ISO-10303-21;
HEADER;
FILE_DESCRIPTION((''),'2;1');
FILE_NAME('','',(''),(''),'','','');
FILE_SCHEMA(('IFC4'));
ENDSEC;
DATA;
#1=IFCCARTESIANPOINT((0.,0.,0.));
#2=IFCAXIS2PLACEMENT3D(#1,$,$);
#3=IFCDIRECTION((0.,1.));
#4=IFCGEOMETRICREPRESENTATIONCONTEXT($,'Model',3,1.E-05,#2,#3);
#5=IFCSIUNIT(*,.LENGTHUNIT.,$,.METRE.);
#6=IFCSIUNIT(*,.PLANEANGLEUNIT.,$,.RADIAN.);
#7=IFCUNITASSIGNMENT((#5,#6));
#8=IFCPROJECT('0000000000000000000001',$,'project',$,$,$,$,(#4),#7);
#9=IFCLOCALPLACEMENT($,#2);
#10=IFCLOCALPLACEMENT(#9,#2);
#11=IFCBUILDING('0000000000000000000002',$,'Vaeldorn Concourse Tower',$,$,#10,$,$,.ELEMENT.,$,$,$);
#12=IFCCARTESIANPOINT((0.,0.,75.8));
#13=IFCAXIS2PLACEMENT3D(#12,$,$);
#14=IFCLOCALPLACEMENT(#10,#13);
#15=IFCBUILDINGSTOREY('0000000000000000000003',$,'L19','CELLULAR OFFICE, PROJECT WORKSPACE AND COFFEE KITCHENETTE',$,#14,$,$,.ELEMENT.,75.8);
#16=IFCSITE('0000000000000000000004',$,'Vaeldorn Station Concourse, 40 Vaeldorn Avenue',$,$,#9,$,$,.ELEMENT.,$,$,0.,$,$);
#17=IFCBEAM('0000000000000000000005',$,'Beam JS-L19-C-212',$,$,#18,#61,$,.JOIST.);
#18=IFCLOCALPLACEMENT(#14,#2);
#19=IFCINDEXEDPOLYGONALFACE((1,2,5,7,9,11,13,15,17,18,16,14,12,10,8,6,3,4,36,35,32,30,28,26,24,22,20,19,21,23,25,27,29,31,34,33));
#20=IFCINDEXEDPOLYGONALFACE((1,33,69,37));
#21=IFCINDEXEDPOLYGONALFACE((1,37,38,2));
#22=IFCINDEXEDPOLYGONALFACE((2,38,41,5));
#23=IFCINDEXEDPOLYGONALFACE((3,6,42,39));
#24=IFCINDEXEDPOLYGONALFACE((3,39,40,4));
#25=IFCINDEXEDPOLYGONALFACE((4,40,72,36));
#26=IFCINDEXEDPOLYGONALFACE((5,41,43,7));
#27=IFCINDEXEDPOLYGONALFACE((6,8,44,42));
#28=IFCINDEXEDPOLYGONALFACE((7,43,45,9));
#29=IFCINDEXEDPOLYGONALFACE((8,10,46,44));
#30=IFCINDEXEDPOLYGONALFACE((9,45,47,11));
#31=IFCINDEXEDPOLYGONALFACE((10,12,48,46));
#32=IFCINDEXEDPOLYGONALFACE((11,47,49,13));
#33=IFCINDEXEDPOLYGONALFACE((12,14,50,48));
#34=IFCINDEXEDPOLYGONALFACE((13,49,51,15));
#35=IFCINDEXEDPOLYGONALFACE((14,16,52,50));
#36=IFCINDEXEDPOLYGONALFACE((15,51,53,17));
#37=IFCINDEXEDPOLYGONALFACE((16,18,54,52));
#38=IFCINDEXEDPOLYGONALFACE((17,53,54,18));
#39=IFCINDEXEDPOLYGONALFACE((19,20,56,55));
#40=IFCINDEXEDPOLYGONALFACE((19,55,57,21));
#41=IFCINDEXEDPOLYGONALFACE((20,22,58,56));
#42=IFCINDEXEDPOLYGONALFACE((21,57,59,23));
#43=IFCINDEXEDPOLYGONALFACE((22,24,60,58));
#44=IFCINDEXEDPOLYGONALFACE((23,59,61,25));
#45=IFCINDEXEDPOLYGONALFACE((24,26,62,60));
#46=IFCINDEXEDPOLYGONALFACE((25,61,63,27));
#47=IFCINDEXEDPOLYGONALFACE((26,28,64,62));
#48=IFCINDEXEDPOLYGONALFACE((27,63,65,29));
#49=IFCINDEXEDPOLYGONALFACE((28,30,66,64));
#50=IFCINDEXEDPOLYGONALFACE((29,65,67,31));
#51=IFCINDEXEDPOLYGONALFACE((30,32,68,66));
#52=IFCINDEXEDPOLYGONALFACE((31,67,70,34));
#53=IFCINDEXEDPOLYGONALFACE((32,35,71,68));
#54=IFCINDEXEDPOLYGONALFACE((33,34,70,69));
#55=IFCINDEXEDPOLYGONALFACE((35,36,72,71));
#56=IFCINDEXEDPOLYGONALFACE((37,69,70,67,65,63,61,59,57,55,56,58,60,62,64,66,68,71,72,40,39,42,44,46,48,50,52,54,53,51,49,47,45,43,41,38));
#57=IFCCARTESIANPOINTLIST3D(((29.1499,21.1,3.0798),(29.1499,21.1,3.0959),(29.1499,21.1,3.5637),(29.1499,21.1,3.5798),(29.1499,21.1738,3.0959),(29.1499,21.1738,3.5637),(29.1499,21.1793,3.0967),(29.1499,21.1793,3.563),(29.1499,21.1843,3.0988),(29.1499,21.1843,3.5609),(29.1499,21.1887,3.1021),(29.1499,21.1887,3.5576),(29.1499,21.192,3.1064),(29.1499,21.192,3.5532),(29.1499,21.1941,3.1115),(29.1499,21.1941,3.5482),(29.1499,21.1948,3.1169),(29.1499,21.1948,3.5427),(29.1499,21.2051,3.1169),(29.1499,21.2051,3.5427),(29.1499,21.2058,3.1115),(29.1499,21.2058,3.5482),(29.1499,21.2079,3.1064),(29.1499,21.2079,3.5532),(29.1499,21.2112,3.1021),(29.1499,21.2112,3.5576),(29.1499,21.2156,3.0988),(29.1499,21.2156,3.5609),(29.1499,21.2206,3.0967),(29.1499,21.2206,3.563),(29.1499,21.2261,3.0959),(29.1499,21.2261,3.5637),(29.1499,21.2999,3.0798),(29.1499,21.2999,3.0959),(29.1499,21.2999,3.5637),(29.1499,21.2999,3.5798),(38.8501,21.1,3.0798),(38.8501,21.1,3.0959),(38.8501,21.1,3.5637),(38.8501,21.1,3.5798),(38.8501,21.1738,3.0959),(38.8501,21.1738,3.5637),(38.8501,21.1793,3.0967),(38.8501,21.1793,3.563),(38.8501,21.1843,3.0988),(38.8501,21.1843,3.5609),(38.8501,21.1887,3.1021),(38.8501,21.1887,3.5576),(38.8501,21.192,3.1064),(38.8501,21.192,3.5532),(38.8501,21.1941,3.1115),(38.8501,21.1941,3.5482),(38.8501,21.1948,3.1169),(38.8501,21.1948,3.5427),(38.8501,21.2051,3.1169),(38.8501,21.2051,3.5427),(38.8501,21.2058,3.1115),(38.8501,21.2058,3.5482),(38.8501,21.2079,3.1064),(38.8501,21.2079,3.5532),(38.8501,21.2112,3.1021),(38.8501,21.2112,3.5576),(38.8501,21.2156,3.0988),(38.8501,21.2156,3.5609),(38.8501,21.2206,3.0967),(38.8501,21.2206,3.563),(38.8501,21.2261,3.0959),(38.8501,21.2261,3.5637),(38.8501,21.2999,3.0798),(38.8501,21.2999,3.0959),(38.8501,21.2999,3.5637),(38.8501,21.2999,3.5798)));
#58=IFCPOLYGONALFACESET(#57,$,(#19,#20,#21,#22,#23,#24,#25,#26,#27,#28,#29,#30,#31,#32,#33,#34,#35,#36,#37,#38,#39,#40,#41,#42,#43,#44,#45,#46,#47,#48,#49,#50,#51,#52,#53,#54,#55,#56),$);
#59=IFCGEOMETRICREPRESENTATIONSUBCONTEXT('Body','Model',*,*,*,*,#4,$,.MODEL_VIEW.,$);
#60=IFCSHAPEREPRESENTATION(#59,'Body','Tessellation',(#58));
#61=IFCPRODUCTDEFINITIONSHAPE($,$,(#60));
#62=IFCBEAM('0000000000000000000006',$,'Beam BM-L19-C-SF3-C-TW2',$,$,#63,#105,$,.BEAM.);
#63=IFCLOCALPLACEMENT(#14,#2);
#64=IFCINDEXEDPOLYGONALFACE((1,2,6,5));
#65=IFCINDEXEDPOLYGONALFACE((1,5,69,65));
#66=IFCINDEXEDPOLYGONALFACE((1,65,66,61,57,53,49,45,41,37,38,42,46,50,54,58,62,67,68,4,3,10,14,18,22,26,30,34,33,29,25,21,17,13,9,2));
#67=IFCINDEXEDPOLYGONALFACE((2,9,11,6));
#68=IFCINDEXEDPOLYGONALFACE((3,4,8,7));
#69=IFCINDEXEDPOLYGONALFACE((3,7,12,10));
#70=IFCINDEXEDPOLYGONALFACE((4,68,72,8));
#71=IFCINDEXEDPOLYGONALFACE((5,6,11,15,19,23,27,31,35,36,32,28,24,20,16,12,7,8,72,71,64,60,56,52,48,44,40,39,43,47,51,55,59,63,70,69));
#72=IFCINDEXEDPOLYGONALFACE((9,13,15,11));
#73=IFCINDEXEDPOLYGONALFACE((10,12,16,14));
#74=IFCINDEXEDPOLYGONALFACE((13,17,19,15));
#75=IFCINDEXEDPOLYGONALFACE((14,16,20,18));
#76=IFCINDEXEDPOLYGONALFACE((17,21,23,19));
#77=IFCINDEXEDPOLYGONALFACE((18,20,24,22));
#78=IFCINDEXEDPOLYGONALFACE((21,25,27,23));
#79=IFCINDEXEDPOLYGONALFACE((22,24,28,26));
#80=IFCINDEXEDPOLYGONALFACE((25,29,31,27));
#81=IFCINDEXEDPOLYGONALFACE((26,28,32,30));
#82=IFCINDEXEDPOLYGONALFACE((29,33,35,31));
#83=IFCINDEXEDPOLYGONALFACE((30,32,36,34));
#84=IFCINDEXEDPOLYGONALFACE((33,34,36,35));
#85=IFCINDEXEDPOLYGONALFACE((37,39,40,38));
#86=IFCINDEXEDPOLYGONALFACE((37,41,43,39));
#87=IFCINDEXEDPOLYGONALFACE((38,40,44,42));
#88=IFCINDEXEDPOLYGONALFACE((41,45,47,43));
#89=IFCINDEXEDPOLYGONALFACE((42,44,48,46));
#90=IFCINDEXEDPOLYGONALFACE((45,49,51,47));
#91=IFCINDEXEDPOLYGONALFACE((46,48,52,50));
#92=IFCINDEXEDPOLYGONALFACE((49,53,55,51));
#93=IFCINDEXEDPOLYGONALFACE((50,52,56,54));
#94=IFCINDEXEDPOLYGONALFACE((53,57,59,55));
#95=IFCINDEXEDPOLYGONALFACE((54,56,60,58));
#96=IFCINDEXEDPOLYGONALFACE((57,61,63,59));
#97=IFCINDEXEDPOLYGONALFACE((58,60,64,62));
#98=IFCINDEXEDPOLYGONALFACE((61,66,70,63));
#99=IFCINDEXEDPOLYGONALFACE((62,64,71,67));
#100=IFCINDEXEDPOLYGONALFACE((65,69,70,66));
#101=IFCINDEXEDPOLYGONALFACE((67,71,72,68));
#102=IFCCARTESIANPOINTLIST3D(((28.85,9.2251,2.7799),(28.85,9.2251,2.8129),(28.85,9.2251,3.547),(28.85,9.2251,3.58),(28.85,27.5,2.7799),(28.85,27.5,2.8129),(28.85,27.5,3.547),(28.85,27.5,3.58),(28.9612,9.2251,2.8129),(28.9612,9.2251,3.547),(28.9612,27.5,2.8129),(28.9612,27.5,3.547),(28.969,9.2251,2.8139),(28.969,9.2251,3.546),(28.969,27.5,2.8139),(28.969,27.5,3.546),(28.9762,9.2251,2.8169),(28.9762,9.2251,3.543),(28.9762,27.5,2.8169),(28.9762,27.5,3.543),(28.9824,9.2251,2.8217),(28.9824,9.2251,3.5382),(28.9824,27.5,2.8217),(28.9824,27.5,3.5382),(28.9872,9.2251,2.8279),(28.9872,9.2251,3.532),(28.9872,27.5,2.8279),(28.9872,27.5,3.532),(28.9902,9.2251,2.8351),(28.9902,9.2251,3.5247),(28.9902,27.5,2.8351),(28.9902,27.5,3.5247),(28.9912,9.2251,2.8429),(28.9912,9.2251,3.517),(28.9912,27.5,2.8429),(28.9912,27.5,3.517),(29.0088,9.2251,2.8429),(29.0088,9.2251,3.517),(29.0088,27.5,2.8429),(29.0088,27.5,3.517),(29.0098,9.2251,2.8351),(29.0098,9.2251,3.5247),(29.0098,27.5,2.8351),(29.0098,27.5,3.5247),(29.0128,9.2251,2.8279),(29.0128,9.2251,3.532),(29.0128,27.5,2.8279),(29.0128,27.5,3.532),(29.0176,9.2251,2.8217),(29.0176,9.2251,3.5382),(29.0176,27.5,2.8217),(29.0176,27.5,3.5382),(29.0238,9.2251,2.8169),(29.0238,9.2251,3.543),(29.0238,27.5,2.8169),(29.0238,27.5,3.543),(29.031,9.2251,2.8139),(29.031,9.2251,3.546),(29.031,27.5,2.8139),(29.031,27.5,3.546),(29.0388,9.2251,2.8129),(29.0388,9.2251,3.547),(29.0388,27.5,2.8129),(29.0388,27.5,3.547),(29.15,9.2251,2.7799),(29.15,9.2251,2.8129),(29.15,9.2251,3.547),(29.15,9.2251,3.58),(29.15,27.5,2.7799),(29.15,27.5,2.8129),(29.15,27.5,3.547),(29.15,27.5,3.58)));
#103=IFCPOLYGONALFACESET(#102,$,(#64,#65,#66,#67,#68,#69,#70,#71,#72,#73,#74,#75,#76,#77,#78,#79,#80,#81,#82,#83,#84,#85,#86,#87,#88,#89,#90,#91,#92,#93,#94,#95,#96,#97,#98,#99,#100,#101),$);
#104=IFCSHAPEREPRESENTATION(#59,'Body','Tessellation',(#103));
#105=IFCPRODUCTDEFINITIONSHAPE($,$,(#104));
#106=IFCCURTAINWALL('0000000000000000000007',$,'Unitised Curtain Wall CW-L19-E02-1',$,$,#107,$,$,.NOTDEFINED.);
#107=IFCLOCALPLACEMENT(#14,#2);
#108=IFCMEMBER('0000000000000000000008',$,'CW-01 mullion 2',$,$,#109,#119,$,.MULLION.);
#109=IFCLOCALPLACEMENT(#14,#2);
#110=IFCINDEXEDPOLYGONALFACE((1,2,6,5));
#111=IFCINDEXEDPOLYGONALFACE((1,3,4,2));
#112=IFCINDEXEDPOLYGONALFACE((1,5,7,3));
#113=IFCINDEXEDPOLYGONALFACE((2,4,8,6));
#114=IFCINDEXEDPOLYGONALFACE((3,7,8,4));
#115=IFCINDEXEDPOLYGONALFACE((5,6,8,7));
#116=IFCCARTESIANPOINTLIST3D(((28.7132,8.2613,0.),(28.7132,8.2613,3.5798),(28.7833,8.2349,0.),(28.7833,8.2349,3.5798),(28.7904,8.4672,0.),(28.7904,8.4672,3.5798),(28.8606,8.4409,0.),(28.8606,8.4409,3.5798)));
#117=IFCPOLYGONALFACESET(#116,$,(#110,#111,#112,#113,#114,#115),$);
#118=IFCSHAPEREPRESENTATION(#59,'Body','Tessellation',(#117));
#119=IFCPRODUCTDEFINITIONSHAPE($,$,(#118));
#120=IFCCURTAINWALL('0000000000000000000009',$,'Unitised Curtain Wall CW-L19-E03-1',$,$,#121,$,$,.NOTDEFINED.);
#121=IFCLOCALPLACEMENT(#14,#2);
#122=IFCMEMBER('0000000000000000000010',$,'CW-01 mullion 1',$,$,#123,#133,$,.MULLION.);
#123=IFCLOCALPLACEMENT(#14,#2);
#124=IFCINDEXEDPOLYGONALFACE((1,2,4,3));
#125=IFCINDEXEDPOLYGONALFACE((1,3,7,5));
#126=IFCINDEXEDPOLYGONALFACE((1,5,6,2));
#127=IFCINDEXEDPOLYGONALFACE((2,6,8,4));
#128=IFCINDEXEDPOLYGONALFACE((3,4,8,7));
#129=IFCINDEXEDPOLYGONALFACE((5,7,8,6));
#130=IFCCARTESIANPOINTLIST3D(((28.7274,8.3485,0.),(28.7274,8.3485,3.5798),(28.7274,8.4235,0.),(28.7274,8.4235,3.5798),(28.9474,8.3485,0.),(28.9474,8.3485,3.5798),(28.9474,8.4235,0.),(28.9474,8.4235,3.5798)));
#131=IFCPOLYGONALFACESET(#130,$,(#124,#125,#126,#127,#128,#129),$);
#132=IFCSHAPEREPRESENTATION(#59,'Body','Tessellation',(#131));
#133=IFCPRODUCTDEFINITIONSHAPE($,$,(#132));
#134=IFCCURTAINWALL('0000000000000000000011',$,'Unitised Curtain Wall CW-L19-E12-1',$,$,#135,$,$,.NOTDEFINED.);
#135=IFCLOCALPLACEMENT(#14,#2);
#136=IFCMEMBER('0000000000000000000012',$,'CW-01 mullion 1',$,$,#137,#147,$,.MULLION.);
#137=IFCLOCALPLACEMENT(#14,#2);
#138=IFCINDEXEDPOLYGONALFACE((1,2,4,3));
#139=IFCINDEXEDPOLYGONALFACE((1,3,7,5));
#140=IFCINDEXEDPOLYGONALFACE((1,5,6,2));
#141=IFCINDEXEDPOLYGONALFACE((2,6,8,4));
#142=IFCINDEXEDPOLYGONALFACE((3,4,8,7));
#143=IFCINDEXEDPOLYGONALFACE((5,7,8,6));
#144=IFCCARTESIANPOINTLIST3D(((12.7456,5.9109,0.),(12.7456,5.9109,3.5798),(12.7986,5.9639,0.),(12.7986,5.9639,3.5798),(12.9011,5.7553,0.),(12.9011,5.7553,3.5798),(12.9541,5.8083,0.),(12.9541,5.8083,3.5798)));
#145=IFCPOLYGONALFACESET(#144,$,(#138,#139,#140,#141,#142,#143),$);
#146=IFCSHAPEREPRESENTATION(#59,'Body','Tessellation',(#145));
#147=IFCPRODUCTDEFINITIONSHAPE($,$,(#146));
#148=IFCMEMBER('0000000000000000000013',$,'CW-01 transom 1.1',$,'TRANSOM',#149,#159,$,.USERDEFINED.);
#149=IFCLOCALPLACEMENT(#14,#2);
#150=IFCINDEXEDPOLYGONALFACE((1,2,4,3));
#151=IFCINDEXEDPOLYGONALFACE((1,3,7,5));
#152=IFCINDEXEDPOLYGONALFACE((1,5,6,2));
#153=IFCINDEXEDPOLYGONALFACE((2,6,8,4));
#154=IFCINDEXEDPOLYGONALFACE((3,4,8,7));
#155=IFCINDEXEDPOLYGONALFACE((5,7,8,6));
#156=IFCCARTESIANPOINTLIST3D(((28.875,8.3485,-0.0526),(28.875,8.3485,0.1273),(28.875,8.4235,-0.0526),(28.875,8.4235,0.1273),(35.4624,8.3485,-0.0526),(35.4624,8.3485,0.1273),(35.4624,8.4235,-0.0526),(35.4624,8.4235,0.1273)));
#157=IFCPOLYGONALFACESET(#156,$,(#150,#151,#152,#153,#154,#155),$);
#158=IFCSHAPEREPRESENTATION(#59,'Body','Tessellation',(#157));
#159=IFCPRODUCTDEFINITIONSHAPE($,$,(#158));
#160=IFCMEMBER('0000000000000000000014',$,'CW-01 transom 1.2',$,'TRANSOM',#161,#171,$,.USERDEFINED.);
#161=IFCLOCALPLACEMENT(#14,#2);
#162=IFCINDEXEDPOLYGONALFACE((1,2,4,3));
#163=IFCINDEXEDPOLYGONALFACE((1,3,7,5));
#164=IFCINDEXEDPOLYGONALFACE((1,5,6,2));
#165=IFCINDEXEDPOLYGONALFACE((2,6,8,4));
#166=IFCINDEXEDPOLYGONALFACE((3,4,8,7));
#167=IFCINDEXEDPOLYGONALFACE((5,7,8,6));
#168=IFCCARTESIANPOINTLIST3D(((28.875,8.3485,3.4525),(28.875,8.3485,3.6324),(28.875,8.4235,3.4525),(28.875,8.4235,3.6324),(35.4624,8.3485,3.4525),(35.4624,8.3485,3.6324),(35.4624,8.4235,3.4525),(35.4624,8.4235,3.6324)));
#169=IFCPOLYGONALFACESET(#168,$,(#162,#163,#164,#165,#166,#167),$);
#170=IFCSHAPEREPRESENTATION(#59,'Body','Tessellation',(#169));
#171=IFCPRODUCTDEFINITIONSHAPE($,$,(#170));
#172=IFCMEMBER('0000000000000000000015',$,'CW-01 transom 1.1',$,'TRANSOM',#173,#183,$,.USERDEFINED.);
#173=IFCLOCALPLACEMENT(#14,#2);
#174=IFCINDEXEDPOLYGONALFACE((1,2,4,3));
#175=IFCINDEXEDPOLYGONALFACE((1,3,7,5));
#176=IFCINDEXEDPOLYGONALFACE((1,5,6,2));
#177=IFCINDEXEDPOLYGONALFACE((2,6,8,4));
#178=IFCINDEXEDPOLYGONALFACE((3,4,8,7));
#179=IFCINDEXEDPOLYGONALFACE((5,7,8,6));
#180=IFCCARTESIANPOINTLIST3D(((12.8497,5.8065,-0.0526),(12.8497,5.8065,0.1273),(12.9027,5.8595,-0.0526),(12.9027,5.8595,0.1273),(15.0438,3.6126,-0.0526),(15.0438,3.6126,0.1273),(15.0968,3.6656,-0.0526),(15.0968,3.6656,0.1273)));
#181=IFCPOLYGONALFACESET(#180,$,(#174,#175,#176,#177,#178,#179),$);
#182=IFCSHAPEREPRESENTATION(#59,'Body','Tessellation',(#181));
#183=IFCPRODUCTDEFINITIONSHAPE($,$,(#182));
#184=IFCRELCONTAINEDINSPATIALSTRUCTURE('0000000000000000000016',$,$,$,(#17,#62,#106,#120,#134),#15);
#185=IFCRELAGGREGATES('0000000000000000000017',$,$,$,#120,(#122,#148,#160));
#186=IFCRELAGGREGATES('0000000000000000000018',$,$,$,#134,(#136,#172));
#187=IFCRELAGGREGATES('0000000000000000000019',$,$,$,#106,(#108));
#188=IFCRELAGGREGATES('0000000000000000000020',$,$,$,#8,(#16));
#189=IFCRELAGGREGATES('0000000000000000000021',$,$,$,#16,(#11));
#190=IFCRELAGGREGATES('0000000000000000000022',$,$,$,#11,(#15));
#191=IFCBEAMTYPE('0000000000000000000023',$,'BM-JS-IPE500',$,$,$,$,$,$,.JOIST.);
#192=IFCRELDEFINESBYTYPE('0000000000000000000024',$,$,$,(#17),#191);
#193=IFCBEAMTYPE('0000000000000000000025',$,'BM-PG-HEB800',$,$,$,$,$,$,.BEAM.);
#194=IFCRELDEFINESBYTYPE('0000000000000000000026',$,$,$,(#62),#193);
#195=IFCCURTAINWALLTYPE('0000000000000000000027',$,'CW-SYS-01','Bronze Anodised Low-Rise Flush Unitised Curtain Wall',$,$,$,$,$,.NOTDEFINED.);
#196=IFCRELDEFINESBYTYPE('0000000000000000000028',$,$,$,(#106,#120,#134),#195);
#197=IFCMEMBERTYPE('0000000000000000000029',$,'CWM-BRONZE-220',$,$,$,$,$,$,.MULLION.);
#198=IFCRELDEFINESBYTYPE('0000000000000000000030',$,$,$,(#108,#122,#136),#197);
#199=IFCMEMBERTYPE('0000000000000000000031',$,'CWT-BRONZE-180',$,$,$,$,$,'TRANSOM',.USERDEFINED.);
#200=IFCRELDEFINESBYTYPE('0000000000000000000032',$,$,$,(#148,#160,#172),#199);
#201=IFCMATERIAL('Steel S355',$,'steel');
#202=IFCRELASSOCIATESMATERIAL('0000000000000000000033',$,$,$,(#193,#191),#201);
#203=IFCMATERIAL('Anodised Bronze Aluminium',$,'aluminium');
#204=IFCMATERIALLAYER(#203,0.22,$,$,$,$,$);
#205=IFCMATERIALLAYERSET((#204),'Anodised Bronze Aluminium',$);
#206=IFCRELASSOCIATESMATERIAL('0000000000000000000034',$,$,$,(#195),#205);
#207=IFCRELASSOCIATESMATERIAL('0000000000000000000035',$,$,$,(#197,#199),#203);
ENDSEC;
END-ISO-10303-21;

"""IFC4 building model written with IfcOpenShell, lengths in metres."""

from ifc_helpers import new_model, si_unit, direction, frame, origin, origin_2d, place, context, subcontext, project, spatial, rectangle, i_section, extrude, source, transform, mapped, material, layer, layer_set, material_profile, profile_set, type_object, element, aggregate, save


model = new_model("IFC4")

# Units and contexts
model_context = context("Model", 3, precision=1e-05, world=origin(), true_north=direction((0.0, 1.0)))
body_context = subcontext(model_context, "Body", "Model", "MODEL_VIEW")
ifc_project = project(units=[si_unit("LENGTHUNIT", "METRE"), si_unit("PLANEANGLEUNIT", "RADIAN")], contexts=[model_context])

# Site, building, storey
site_placement = place(None, origin())
site = spatial("IfcSite", under=ifc_project, at=site_placement, Name="Vaeldorn Station Concourse, 40 Vaeldorn Avenue", CompositionType="ELEMENT", RefElevation=0.0)
building_placement = place(site_placement, origin())
building = spatial("IfcBuilding", under=site, at=building_placement, Name="Vaeldorn Concourse Tower", CompositionType="ELEMENT")
storey_placement = place(building_placement, frame((0.0, 0.0, 75.8)))
storey = spatial("IfcBuildingStorey", under=building, at=storey_placement, Name="L19", Description="CELLULAR OFFICE, PROJECT WORKSPACE AND COFFEE KITCHENETTE", CompositionType="ELEMENT", Elevation=75.8)

# Beams
ifc_material_1 = material(Name="Steel S355", Category="steel")
ifc_material_profile_1 = material_profile(ifc_material_1, i_section(OverallWidth=0.3, OverallDepth=0.8, WebThickness=0.0176, FlangeThickness=0.033, FilletRadius=0.03, at=origin_2d()), Name="HEB 800")
ifc_profile_set_1 = profile_set([ifc_material_profile_1], Name="Steel S355")
beam_type_1 = type_object("IfcBeamType", Name="BM-PG-HEB800", PredefinedType="BEAM", material=ifc_profile_set_1)
ifc_material_profile_2 = material_profile(ifc_material_1, i_section(OverallWidth=0.2, OverallDepth=0.5, WebThickness=0.0103, FlangeThickness=0.0161, FilletRadius=0.021, at=origin_2d()), Name="IPE 500")
ifc_profile_set_2 = profile_set([ifc_material_profile_2], Name="Steel S355")
beam_type_2 = type_object("IfcBeamType", Name="BM-JS-IPE500", PredefinedType="JOIST", material=ifc_profile_set_2)
shared_shape_1 = source(origin(), body_context, "Body", "SweptSolid", [
    extrude(i_section(OverallWidth=0.2, OverallDepth=0.5, WebThickness=0.0103, FlangeThickness=0.0161, FilletRadius=0.021, at=origin_2d()), origin(), (0.0, 0.0, 1.0), 9.7002),
])
beam_1_placement = place(storey_placement, frame((29.1499, 21.2, 3.3298), z_axis=(1.0, 0.0, 0.0), x_axis=(0.0, 1.0, 0.0)))
element("IfcBeam", 1, at=beam_1_placement, inside=storey, type_object=beam_type_2, Name="Beam JS-L19-C-212", PredefinedType="JOIST", context=body_context, shape_type="MappedRepresentation", body=[
    mapped(shared_shape_1, transform((0.0, 0.0, 0.0), scale=1.0)),
])
shared_shape_2 = source(origin(), body_context, "Body", "SweptSolid", [
    extrude(i_section(OverallWidth=0.3, OverallDepth=0.8, WebThickness=0.0176, FlangeThickness=0.033, FilletRadius=0.03, at=origin_2d()), origin(), (0.0, 0.0, 1.0), 18.2749),
])
beam_2_placement = place(storey_placement, frame((29.0, 9.2251, 3.1799), z_axis=(0.0, 1.0, 0.0), x_axis=(-1.0, 0.0, 0.0)))
element("IfcBeam", 2, at=beam_2_placement, inside=storey, type_object=beam_type_1, Name="Beam BM-L19-C-SF3-C-TW2", PredefinedType="BEAM", context=body_context, shape_type="MappedRepresentation", body=[
    mapped(shared_shape_2, transform((0.0, 0.0, 0.0), scale=1.0)),
])

# Curtain walls, members
ifc_material_2 = material(Name="Anodised Bronze Aluminium", Category="aluminium")
ifc_layer_1 = layer(ifc_material_2, 0.22)
ifc_layer_set_1 = layer_set([ifc_layer_1], Name="Anodised Bronze Aluminium")
curtain_wall_type = type_object("IfcCurtainWallType", Name="CW-SYS-01", Description="Bronze Anodised Low-Rise Flush Unitised Curtain Wall", PredefinedType="NOTDEFINED", material=ifc_layer_set_1)
curtain_wall_1_placement = place(storey_placement, origin())
curtain_wall_1 = element("IfcCurtainWall", 3, at=curtain_wall_1_placement, inside=storey, type_object=curtain_wall_type, Name="Unitised Curtain Wall CW-L19-E02-1", PredefinedType="NOTDEFINED")
ifc_material_profile_3 = material_profile(ifc_material_2, rectangle(XDim=0.075, YDim=0.22, at=origin_2d()), Name="CWM 75x220")
ifc_profile_set_3 = profile_set([ifc_material_profile_3], Name="Anodised Bronze Aluminium")
member_type_1 = type_object("IfcMemberType", Name="CWM-BRONZE-220", PredefinedType="MULLION", material=ifc_profile_set_3)
shared_shape_3 = source(origin(), body_context, "Body", "SweptSolid", [
    extrude(rectangle(XDim=0.075, YDim=0.22, at=origin_2d()), origin(), (0.0, 0.0, 1.0), 3.5798),
])
member_1_placement = place(storey_placement, frame((28.7869, 8.3511, 0.0), z_axis=(0.0, 0.0, 1.0), x_axis=(-0.936329, 0.351123, 0.0)))
member_1 = element("IfcMember", 4, at=member_1_placement, type_object=member_type_1, Name="CW-01 mullion 2", PredefinedType="MULLION", context=body_context, shape_type="MappedRepresentation", body=[
    mapped(shared_shape_3, transform((0.0, 0.0, 0.0), scale=1.0)),
])
curtain_wall_2_placement = place(storey_placement, origin())
curtain_wall_2 = element("IfcCurtainWall", 5, at=curtain_wall_2_placement, inside=storey, type_object=curtain_wall_type, Name="Unitised Curtain Wall CW-L19-E03-1", PredefinedType="NOTDEFINED")
member_2_placement = place(storey_placement, frame((28.8374, 8.386, 0.0), z_axis=(0.0, 0.0, 1.0), x_axis=(0.0, 1.0, 0.0)))
member_2 = element("IfcMember", 6, at=member_2_placement, type_object=member_type_1, Name="CW-01 mullion 1", PredefinedType="MULLION", context=body_context, shape_type="MappedRepresentation", body=[
    mapped(shared_shape_3, transform((0.0, 0.0, 0.0), scale=1.0)),
])
curtain_wall_3_placement = place(storey_placement, origin())
curtain_wall_3 = element("IfcCurtainWall", 7, at=curtain_wall_3_placement, inside=storey, type_object=curtain_wall_type, Name="Unitised Curtain Wall CW-L19-E12-1", PredefinedType="NOTDEFINED")
member_3_placement = place(storey_placement, frame((12.8499, 5.8596, 0.0), z_axis=(0.0, 0.0, 1.0), x_axis=(0.707107, 0.707107, 0.0)))
member_3 = element("IfcMember", 8, at=member_3_placement, type_object=member_type_1, Name="CW-01 mullion 1", PredefinedType="MULLION", context=body_context, shape_type="MappedRepresentation", body=[
    mapped(shared_shape_3, transform((0.0, 0.0, 0.0), scale=1.0)),
])

# Members
ifc_material_profile_4 = material_profile(ifc_material_2, rectangle(XDim=0.075, YDim=0.1799, at=origin_2d()), Name="CWT 75x180")
ifc_profile_set_4 = profile_set([ifc_material_profile_4], Name="Anodised Bronze Aluminium")
member_type_2 = type_object("IfcMemberType", Name="CWT-BRONZE-180", ElementType="TRANSOM", PredefinedType="USERDEFINED", material=ifc_profile_set_4)
shared_shape_4 = source(origin(), body_context, "Body", "SweptSolid", [
    extrude(rectangle(XDim=0.075, YDim=0.1799, at=origin_2d()), origin(), (0.0, 0.0, 1.0), 6.5874),
])
member_4_placement = place(storey_placement, frame((28.875, 8.386, 0.0374), z_axis=(1.0, 0.0, 0.0), x_axis=(0.0, 1.0, 0.0)))
member_4 = element("IfcMember", 9, at=member_4_placement, type_object=member_type_2, Name="CW-01 transom 1.1", ObjectType="TRANSOM", PredefinedType="USERDEFINED", context=body_context, shape_type="MappedRepresentation", body=[
    mapped(shared_shape_4, transform((0.0, 0.0, 0.0), scale=1.0)),
])
member_5_placement = place(storey_placement, frame((28.875, 8.386, 3.5425), z_axis=(1.0, 0.0, 0.0), x_axis=(0.0, 1.0, 0.0)))
member_5 = element("IfcMember", 10, at=member_5_placement, type_object=member_type_2, Name="CW-01 transom 1.2", ObjectType="TRANSOM", PredefinedType="USERDEFINED", context=body_context, shape_type="MappedRepresentation", body=[
    mapped(shared_shape_4, transform((0.0, 0.0, 0.0), scale=1.0)),
])
aggregate(curtain_wall_2, [member_2, member_4, member_5])
shared_shape_5 = source(origin(), body_context, "Body", "SweptSolid", [
    extrude(rectangle(XDim=0.075, YDim=0.1799, at=origin_2d()), origin(), (0.0, 0.0, 1.0), 3.1028),
])
member_6_placement = place(storey_placement, frame((12.8762, 5.833, 0.0374), z_axis=(0.707146, -0.707067, 0.0), x_axis=(0.707067, 0.707146, 0.0)))
member_6 = element("IfcMember", 11, at=member_6_placement, type_object=member_type_2, Name="CW-01 transom 1.1", ObjectType="TRANSOM", PredefinedType="USERDEFINED", context=body_context, shape_type="MappedRepresentation", body=[
    mapped(shared_shape_5, transform((0.0, 0.0, 0.0), scale=1.0)),
])
aggregate(curtain_wall_3, [member_3, member_6])

aggregate(curtain_wall_1, [member_1])

save(model, "model.ifc")
